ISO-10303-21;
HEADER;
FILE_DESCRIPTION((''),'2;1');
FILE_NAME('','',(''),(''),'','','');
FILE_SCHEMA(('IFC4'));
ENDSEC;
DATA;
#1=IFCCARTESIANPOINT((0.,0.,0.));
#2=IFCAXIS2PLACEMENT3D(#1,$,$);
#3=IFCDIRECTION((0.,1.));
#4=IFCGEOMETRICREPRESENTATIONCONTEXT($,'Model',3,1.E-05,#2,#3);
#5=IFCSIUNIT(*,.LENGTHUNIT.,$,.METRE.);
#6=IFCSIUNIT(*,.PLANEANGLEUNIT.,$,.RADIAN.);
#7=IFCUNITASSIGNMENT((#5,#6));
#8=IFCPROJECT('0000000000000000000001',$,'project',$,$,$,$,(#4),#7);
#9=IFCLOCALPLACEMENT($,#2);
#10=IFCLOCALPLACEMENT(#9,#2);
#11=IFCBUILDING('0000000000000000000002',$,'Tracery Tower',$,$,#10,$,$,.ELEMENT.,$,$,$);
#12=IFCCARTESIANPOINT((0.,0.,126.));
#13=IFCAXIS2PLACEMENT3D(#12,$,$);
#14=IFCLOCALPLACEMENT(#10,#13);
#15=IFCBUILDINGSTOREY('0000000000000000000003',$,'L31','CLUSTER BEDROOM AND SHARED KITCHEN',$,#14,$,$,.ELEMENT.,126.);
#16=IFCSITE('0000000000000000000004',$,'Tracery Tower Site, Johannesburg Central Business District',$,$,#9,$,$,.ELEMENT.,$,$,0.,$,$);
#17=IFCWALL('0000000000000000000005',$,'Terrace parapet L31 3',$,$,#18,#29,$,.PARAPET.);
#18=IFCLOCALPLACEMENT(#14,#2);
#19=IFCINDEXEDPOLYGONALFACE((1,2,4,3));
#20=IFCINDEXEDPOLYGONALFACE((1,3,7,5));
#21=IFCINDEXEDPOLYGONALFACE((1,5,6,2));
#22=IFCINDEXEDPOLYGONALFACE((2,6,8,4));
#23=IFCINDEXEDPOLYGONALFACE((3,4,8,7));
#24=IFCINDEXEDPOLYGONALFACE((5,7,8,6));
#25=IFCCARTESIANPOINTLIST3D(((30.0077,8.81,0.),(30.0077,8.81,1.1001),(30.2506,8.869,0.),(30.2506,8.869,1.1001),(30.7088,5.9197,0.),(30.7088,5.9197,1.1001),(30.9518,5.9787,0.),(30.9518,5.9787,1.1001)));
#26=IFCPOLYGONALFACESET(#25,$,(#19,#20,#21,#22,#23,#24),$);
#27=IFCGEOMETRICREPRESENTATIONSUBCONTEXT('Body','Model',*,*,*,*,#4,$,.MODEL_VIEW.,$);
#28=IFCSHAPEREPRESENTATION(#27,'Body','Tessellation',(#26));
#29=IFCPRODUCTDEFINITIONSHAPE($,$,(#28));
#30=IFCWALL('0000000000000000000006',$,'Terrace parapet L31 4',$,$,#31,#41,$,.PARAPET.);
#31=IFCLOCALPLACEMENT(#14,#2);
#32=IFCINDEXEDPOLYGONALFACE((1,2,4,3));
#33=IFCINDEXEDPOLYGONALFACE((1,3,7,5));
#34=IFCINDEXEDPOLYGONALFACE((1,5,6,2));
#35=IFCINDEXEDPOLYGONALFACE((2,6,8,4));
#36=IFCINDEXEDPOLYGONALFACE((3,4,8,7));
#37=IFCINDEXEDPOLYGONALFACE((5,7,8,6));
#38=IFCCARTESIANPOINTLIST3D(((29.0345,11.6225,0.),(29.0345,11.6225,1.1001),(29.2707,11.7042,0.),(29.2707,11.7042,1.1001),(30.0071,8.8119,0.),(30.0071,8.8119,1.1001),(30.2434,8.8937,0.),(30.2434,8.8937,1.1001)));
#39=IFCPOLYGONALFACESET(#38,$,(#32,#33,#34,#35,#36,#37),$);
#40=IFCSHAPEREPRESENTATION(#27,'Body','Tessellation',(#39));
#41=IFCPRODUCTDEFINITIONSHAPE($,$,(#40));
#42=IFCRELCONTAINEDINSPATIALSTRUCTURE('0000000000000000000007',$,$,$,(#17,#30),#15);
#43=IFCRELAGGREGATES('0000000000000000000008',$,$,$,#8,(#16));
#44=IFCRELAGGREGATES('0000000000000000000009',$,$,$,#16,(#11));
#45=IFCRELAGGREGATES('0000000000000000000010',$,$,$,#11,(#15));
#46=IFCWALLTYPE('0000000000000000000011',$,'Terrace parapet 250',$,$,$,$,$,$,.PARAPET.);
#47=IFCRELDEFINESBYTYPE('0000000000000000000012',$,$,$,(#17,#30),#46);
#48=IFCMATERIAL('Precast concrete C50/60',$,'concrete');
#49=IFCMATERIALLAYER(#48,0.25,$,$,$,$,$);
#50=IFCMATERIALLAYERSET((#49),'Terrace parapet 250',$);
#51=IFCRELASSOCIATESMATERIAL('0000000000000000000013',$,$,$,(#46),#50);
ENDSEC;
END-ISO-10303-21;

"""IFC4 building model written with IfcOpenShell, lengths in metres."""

from ifc_helpers import new_model, si_unit, direction, frame, frame_2d, origin, place, context, subcontext, project, spatial, rectangle, extrude, material, layer, layer_set, type_object, element, save


model = new_model("IFC4")

# Units and contexts
model_context = context("Model", 3, precision=1e-05, world=origin(), true_north=direction((0.0, 1.0)))
body_context = subcontext(model_context, "Body", "Model", "MODEL_VIEW")
ifc_project = project(units=[si_unit("LENGTHUNIT", "METRE"), si_unit("PLANEANGLEUNIT", "RADIAN")], contexts=[model_context])

# Site, building, storey
site_placement = place(None, origin())
site = spatial("IfcSite", under=ifc_project, at=site_placement, Name="Tracery Tower Site, Johannesburg Central Business District", CompositionType="ELEMENT", RefElevation=0.0)
building_placement = place(site_placement, origin())
building = spatial("IfcBuilding", under=site, at=building_placement, Name="Tracery Tower", CompositionType="ELEMENT")
storey_placement = place(building_placement, frame((0.0, 0.0, 126.0)))
storey = spatial("IfcBuildingStorey", under=building, at=storey_placement, Name="L31", Description="CLUSTER BEDROOM AND SHARED KITCHEN", CompositionType="ELEMENT", Elevation=126.0)

# Walls
ifc_material_1 = material(Name="Precast concrete C50/60", Category="concrete")
ifc_layer_1 = layer(ifc_material_1, 0.25)
ifc_layer_set_1 = layer_set([ifc_layer_1], Name="Terrace parapet 250")
wall_type_1 = type_object("IfcWallType", Name="Terrace parapet 250", PredefinedType="PARAPET", material=ifc_layer_set_1)
for number, where, z_axis, x_axis, name in (
    (1, (30.8303, 5.9492, 0.0), (0.0, 0.0, 1.0), (-0.23575, 0.971814, 0.0), "Terrace parapet L31 3"),
    (2, (30.1252, 8.8528, 0.0), (0.0, 0.0, 1.0), (-0.327043, 0.945009, 0.0), "Terrace parapet L31 4"),
):
    element("IfcWall", number, at=place(storey_placement, frame(where, z_axis=z_axis, x_axis=x_axis)), inside=storey, type_object=wall_type_1, Name=name, PredefinedType="PARAPET", context=body_context, shape_type="SweptSolid", body=[
        extrude(rectangle(XDim=2.9741, YDim=0.25, at=frame_2d((1.4871, 0.0))), origin(), (0.0, 0.0, 1.0), 1.1001),
    ])

save(model, "model.ifc")
